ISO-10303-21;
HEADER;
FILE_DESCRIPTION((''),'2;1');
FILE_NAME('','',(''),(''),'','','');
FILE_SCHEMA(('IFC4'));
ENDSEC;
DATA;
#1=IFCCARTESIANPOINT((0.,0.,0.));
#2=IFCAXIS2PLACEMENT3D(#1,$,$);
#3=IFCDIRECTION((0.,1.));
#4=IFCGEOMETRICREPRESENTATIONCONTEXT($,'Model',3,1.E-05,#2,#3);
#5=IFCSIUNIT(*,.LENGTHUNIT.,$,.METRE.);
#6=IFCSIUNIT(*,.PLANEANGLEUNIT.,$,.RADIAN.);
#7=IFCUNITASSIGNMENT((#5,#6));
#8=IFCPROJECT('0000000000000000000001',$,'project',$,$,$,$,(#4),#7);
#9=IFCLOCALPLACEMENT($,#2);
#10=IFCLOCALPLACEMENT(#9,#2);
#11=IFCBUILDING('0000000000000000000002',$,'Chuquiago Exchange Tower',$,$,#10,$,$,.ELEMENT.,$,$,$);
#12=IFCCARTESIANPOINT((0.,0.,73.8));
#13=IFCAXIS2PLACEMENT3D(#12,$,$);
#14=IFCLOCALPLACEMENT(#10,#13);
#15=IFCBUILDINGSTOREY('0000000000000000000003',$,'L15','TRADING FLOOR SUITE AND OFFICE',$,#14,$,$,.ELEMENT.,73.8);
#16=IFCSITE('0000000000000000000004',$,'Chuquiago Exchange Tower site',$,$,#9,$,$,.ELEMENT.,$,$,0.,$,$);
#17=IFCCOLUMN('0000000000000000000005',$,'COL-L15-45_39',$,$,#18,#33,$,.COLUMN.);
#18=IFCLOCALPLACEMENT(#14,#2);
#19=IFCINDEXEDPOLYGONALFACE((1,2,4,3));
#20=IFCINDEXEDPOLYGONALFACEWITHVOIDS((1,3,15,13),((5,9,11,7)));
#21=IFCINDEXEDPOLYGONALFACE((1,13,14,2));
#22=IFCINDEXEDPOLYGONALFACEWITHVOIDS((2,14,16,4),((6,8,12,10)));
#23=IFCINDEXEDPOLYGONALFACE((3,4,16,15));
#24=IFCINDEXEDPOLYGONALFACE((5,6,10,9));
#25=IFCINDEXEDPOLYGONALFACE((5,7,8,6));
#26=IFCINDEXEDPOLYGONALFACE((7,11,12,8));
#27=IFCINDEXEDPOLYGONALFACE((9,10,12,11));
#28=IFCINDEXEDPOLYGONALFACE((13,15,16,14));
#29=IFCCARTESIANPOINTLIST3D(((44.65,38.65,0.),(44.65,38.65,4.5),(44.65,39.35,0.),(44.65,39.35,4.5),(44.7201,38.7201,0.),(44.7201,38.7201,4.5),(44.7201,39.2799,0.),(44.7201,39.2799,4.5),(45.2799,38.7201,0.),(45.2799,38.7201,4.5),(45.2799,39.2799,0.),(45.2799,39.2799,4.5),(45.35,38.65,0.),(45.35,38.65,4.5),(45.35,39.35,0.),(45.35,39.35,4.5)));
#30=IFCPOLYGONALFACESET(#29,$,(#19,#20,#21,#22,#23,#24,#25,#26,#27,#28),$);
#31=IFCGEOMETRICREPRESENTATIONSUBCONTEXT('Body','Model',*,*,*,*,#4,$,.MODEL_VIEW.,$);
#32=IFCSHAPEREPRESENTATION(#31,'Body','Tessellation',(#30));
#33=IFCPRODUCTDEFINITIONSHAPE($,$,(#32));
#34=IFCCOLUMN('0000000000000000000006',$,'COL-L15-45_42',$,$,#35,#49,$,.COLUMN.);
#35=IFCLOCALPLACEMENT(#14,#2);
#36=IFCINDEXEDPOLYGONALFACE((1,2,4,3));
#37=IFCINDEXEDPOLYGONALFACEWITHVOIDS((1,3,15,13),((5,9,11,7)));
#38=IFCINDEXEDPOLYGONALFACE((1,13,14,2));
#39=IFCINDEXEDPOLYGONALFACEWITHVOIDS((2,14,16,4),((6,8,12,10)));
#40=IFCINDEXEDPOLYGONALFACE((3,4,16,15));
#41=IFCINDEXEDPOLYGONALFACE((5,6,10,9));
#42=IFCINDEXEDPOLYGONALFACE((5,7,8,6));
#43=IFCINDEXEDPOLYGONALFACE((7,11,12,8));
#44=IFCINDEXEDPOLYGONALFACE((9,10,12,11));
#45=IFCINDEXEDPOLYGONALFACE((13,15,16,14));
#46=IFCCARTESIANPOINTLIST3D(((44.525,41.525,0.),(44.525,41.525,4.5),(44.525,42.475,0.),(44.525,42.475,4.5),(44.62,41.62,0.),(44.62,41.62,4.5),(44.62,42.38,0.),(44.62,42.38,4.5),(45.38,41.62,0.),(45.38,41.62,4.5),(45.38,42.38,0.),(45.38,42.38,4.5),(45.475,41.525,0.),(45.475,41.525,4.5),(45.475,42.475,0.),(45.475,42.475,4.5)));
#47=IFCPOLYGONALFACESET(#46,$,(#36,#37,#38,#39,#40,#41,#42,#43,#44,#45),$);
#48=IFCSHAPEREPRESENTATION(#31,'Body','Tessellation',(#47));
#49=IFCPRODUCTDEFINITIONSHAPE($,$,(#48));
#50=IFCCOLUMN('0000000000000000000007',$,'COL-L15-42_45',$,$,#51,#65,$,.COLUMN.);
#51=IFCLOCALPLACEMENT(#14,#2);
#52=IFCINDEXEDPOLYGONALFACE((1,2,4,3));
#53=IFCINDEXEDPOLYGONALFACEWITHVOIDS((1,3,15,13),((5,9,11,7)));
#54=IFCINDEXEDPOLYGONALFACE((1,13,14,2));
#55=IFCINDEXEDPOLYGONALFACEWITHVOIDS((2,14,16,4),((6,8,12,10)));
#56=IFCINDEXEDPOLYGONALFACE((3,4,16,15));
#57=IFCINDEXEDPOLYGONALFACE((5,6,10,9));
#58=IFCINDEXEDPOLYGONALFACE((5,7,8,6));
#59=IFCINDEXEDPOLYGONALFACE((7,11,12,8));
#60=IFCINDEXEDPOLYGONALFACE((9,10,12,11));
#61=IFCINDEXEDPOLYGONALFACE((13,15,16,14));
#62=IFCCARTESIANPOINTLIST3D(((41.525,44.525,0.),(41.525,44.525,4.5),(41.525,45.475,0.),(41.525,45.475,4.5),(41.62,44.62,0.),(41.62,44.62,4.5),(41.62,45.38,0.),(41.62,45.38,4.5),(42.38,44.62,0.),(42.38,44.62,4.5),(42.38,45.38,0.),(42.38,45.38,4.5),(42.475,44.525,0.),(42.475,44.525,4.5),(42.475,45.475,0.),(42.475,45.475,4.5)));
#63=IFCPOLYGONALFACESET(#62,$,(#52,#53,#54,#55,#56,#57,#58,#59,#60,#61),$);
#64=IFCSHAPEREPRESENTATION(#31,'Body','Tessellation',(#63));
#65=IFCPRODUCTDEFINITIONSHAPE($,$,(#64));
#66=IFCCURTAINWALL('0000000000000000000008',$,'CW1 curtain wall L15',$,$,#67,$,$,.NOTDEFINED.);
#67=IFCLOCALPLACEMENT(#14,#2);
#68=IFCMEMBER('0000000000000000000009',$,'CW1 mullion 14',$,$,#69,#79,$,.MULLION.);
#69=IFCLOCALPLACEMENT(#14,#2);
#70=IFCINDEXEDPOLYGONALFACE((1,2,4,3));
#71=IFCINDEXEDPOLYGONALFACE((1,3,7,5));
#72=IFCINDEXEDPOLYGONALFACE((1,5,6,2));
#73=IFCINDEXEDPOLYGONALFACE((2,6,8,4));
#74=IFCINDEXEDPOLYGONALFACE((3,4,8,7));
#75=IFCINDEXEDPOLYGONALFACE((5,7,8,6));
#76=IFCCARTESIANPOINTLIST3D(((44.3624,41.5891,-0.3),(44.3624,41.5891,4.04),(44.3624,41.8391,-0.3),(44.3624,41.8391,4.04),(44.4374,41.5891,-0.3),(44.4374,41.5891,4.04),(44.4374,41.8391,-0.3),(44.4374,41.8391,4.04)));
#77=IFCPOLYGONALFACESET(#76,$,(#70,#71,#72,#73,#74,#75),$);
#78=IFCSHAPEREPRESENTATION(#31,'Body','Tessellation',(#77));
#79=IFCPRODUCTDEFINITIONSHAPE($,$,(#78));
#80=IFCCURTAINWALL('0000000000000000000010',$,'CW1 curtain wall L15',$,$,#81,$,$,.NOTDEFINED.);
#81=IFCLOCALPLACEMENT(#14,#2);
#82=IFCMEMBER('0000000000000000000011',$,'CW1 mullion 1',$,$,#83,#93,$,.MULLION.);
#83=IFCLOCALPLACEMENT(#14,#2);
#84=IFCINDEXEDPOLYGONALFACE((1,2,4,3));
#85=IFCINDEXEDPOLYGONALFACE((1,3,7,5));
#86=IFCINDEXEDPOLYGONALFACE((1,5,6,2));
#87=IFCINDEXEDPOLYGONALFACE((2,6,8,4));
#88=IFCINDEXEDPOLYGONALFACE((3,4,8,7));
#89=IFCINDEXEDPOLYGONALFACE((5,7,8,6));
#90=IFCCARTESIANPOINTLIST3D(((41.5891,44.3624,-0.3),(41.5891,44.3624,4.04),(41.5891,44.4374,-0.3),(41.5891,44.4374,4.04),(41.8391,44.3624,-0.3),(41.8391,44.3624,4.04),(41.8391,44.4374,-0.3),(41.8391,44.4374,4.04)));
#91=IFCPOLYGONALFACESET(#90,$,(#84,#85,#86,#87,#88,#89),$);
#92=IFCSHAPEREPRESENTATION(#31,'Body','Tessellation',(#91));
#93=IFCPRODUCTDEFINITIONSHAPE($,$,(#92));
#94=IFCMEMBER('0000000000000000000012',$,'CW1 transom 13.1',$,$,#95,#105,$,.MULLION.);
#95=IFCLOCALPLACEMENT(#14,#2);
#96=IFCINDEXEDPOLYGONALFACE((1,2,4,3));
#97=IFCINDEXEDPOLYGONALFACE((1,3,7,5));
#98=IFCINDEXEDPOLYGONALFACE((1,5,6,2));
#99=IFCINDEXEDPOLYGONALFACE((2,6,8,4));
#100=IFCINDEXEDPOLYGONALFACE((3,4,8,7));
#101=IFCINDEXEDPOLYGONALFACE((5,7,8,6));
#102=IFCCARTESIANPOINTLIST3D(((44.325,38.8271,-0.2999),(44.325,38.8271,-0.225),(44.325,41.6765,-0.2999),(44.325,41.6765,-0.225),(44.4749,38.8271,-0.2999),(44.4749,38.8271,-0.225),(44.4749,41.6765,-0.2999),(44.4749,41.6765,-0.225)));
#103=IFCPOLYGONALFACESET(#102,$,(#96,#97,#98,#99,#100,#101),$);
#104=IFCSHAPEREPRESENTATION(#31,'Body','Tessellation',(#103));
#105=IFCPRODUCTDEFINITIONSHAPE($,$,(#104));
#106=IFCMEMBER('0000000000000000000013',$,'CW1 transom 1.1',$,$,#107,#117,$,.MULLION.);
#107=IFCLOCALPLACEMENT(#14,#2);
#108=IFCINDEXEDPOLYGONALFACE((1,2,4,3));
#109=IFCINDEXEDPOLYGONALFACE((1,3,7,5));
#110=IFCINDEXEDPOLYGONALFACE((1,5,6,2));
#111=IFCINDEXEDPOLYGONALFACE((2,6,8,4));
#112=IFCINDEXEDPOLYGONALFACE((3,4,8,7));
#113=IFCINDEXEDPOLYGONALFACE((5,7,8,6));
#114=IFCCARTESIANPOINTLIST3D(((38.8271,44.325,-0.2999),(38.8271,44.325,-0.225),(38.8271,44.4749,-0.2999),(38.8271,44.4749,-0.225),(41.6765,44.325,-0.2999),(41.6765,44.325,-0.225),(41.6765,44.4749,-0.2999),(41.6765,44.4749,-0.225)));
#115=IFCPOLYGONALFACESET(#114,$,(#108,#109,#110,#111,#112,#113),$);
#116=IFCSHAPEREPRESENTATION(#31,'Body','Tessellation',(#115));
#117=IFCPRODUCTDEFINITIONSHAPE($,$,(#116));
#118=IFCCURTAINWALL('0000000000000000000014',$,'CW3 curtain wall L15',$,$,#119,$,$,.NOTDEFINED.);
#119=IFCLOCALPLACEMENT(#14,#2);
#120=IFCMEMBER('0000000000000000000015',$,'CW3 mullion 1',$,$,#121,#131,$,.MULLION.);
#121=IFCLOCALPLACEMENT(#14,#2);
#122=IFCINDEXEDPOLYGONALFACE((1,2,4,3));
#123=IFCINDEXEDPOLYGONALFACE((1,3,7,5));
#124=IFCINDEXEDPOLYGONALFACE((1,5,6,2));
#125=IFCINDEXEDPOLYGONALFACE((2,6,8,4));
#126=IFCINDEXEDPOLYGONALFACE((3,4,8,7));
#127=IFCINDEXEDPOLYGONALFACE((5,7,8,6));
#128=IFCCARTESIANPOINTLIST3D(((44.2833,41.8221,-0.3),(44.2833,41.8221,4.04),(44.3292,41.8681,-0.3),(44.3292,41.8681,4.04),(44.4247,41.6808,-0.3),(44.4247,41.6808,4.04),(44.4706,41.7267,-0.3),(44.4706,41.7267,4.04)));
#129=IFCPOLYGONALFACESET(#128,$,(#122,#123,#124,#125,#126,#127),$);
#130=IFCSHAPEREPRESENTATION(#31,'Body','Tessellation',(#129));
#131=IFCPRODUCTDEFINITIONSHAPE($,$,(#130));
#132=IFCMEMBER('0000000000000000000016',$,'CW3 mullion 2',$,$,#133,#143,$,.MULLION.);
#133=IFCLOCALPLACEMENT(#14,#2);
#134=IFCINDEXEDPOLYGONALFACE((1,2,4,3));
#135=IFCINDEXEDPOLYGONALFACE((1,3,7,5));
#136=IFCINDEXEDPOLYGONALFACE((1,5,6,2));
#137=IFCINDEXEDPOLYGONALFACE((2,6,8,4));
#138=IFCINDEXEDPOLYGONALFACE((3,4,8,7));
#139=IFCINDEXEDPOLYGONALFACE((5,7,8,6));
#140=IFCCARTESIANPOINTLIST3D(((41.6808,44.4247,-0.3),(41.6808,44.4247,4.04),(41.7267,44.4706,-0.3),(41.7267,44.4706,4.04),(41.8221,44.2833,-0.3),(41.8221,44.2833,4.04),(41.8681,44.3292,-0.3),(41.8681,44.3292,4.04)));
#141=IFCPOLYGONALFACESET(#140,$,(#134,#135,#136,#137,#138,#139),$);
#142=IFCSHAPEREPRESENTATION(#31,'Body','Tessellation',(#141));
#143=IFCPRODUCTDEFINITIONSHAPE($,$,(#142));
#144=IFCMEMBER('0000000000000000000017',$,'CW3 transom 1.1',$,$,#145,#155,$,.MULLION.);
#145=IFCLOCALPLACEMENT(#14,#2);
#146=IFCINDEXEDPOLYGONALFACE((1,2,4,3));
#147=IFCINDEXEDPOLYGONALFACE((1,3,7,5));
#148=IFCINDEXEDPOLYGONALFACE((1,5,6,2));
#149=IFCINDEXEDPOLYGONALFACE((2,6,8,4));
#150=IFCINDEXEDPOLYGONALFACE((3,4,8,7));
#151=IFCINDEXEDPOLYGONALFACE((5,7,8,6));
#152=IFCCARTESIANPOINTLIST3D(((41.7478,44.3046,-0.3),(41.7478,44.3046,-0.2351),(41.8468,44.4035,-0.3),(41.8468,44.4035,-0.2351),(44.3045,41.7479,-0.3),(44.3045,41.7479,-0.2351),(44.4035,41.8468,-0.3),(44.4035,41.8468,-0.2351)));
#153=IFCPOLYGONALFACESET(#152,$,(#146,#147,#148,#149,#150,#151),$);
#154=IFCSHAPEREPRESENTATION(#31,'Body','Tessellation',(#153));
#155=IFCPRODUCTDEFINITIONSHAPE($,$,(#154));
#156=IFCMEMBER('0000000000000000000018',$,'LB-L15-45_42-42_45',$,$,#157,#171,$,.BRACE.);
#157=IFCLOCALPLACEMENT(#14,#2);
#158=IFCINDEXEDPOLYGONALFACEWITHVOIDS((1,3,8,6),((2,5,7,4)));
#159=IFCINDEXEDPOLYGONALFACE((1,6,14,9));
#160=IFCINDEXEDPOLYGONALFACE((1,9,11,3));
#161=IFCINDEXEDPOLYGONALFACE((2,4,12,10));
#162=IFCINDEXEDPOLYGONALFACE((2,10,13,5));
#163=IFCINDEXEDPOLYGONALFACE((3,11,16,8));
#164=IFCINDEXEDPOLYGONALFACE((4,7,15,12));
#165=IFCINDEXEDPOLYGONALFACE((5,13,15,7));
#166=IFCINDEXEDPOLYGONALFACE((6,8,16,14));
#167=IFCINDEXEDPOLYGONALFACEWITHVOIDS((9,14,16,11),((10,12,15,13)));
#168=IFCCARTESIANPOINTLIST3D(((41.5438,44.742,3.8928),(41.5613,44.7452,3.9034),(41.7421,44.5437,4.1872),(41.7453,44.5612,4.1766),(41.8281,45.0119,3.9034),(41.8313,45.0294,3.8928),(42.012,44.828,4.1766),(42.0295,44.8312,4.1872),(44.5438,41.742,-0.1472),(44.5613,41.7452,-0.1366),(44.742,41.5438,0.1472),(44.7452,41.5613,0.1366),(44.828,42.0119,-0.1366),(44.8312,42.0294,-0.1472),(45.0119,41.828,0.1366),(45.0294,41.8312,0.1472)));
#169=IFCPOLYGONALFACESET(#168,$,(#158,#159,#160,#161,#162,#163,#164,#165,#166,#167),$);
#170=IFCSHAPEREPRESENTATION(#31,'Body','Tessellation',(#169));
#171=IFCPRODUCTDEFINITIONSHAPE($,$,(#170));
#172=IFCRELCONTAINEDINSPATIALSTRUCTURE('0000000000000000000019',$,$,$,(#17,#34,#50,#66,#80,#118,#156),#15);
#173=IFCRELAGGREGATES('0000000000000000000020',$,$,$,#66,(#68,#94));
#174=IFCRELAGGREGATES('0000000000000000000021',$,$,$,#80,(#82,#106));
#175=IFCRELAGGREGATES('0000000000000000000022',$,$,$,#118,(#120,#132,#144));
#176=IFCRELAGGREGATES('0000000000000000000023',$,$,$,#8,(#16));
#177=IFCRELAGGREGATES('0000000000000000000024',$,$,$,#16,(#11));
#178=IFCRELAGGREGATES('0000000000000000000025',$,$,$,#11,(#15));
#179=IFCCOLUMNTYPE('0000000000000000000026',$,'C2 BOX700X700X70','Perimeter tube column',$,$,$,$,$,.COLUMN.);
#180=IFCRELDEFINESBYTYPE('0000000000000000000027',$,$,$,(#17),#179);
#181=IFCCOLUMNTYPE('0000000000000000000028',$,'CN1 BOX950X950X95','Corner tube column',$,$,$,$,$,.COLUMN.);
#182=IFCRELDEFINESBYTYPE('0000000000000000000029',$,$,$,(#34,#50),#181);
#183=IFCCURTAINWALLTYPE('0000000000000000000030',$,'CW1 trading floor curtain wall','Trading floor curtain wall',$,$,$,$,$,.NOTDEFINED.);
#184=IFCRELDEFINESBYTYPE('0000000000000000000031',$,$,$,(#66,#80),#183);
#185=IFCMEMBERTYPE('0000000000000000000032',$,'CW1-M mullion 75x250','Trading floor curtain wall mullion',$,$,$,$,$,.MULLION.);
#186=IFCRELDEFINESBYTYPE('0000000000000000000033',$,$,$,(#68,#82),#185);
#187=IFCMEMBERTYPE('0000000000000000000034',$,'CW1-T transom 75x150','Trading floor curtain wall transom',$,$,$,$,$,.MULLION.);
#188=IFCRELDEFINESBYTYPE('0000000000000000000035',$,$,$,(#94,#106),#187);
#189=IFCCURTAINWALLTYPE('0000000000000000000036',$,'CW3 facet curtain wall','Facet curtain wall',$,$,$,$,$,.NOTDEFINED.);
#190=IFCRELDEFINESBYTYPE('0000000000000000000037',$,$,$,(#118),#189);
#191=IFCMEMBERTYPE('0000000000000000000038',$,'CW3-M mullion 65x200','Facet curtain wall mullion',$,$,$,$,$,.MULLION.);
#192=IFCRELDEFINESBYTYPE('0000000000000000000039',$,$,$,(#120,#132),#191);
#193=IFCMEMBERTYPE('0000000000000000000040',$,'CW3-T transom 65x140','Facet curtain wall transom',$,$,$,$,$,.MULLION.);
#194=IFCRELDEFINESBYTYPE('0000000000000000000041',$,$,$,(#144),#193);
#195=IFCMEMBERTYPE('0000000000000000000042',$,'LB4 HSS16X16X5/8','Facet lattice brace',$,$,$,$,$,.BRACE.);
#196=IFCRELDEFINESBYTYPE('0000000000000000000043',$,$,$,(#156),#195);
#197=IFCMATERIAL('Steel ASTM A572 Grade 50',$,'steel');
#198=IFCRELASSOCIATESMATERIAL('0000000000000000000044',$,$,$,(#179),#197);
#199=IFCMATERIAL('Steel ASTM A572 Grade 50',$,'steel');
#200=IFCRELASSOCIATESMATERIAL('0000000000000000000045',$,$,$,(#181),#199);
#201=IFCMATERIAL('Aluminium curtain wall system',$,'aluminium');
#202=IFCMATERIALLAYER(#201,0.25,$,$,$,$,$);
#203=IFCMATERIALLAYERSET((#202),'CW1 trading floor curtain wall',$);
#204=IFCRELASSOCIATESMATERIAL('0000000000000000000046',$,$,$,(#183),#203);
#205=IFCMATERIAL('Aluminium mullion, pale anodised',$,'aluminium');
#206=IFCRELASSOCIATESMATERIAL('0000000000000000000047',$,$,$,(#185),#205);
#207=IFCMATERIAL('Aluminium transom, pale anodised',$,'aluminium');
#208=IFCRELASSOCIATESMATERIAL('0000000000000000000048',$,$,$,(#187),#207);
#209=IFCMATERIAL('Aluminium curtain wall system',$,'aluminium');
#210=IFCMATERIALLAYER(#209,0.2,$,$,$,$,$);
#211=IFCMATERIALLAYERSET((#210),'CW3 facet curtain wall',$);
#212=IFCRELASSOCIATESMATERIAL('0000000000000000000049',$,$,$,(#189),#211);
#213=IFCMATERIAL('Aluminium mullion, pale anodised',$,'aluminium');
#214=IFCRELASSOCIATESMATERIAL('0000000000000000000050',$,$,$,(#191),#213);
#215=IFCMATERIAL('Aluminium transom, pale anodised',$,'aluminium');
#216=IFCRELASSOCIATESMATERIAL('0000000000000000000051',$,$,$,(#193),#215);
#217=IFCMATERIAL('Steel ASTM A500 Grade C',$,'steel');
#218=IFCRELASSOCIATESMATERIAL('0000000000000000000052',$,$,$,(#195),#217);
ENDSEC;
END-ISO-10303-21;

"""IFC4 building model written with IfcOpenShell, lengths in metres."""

from ifc_helpers import new_model, si_unit, direction, frame, origin, origin_2d, place, context, subcontext, project, spatial, rectangle, hollow_rectangle, extrude, material, layer, layer_set, material_profile, profile_set, type_object, element, aggregate, save


model = new_model("IFC4")

# Units and contexts
model_context = context("Model", 3, precision=1e-05, world=origin(), true_north=direction((0.0, 1.0)))
body_context = subcontext(model_context, "Body", "Model", "MODEL_VIEW")
ifc_project = project(units=[si_unit("LENGTHUNIT", "METRE"), si_unit("PLANEANGLEUNIT", "RADIAN")], contexts=[model_context])

# Site, building, storey
site_placement = place(None, origin())
site = spatial("IfcSite", under=ifc_project, at=site_placement, Name="Chuquiago Exchange Tower site", CompositionType="ELEMENT", RefElevation=0.0)
building_placement = place(site_placement, origin())
building = spatial("IfcBuilding", under=site, at=building_placement, Name="Chuquiago Exchange Tower", CompositionType="ELEMENT")
storey_placement = place(building_placement, frame((0.0, 0.0, 73.8)))
storey = spatial("IfcBuildingStorey", under=building, at=storey_placement, Name="L15", Description="TRADING FLOOR SUITE AND OFFICE", CompositionType="ELEMENT", Elevation=73.8)

# Columns
ifc_material_1 = material(Name="Steel ASTM A572 Grade 50", Category="steel")
ifc_material_profile_1 = material_profile(ifc_material_1, hollow_rectangle(XDim=0.7, YDim=0.7, WallThickness=0.0701, at=origin_2d()), Name="BOX700X700X70")
ifc_profile_set_1 = profile_set([ifc_material_profile_1], Name="Steel ASTM A572 Grade 50")
column_type_1 = type_object("IfcColumnType", Name="C2 BOX700X700X70", Description="Perimeter tube column", PredefinedType="COLUMN", material=ifc_profile_set_1)
column_placement = place(storey_placement, frame((45.0, 39.0, 0.0), z_axis=(0.0, 0.0, 1.0), x_axis=(1.0, 0.0, 0.0)))
element("IfcColumn", 1, at=column_placement, inside=storey, type_object=column_type_1, Name="COL-L15-45_39", PredefinedType="COLUMN", context=body_context, shape_type="SweptSolid", body=[
    extrude(hollow_rectangle(XDim=0.7, YDim=0.7, WallThickness=0.0701, at=origin_2d()), origin(), (0.0, 0.0, 1.0), 4.5),
])
ifc_material_2 = material(Name="Steel ASTM A572 Grade 50", Category="steel")
ifc_material_profile_2 = material_profile(ifc_material_2, hollow_rectangle(XDim=0.95, YDim=0.95, WallThickness=0.095, at=origin_2d()), Name="BOX950X950X95")
ifc_profile_set_2 = profile_set([ifc_material_profile_2], Name="Steel ASTM A572 Grade 50")
column_type_2 = type_object("IfcColumnType", Name="CN1 BOX950X950X95", Description="Corner tube column", PredefinedType="COLUMN", material=ifc_profile_set_2)
for number, where, z_axis, x_axis, name in (
    (2, (45.0, 42.0, 0.0), (0.0, 0.0, 1.0), (1.0, 0.0, 0.0), "COL-L15-45_42"),
    (3, (42.0, 45.0, 0.0), (0.0, 0.0, 1.0), (0.0, 1.0, 0.0), "COL-L15-42_45"),
):
    element("IfcColumn", number, at=place(storey_placement, frame(where, z_axis=z_axis, x_axis=x_axis)), inside=storey, type_object=column_type_2, Name=name, PredefinedType="COLUMN", context=body_context, shape_type="SweptSolid", body=[
        extrude(hollow_rectangle(XDim=0.95, YDim=0.95, WallThickness=0.095, at=origin_2d()), origin(), (0.0, 0.0, 1.0), 4.5),
    ])

# Curtain walls, members
ifc_material_3 = material(Name="Aluminium curtain wall system", Category="aluminium")
ifc_layer_1 = layer(ifc_material_3, 0.25)
ifc_layer_set_1 = layer_set([ifc_layer_1], Name="CW1 trading floor curtain wall")
curtain_wall_type_1 = type_object("IfcCurtainWallType", Name="CW1 trading floor curtain wall", Description="Trading floor curtain wall", PredefinedType="NOTDEFINED", material=ifc_layer_set_1)
curtain_wall_1_placement = place(storey_placement, origin())
curtain_wall_1 = element("IfcCurtainWall", 4, at=curtain_wall_1_placement, inside=storey, type_object=curtain_wall_type_1, Name="CW1 curtain wall L15", PredefinedType="NOTDEFINED")
ifc_material_4 = material(Name="Aluminium mullion, pale anodised", Category="aluminium")
ifc_material_profile_3 = material_profile(ifc_material_4, rectangle(XDim=0.075, YDim=0.25, at=origin_2d()), Name="AL 75x250")
ifc_profile_set_3 = profile_set([ifc_material_profile_3], Name="Aluminium mullion, pale anodised")
member_type_1 = type_object("IfcMemberType", Name="CW1-M mullion 75x250", Description="Trading floor curtain wall mullion", PredefinedType="MULLION", material=ifc_profile_set_3)
member_1_placement = place(storey_placement, frame((44.3999, 41.7141, -0.3), z_axis=(0.0, 0.0, 1.0), x_axis=(-1.0, 0.0, 0.0)))
member_1 = element("IfcMember", 5, at=member_1_placement, type_object=member_type_1, Name="CW1 mullion 14", PredefinedType="MULLION", context=body_context, shape_type="SweptSolid", body=[
    extrude(rectangle(XDim=0.075, YDim=0.25, at=origin_2d()), origin(), (0.0, 0.0, 1.0), 4.3401),
])
curtain_wall_2_placement = place(storey_placement, origin())
curtain_wall_2 = element("IfcCurtainWall", 6, at=curtain_wall_2_placement, inside=storey, type_object=curtain_wall_type_1, Name="CW1 curtain wall L15", PredefinedType="NOTDEFINED")
member_2_placement = place(storey_placement, frame((41.7141, 44.3999, -0.3), z_axis=(0.0, 0.0, 1.0), x_axis=(0.0, -1.0, 0.0)))
member_2 = element("IfcMember", 7, at=member_2_placement, type_object=member_type_1, Name="CW1 mullion 1", PredefinedType="MULLION", context=body_context, shape_type="SweptSolid", body=[
    extrude(rectangle(XDim=0.075, YDim=0.25, at=origin_2d()), origin(), (0.0, 0.0, 1.0), 4.3401),
])

# Members
ifc_material_5 = material(Name="Aluminium transom, pale anodised", Category="aluminium")
ifc_material_profile_4 = material_profile(ifc_material_5, rectangle(XDim=0.1499, YDim=0.075, at=origin_2d()), Name="AL 150x75")
ifc_profile_set_4 = profile_set([ifc_material_profile_4], Name="Aluminium transom, pale anodised")
member_type_2 = type_object("IfcMemberType", Name="CW1-T transom 75x150", Description="Trading floor curtain wall transom", PredefinedType="MULLION", material=ifc_profile_set_4)
member_3_placement = place(storey_placement, frame((44.3999, 38.8271, -0.2625), z_axis=(0.0, 1.0, 0.0), x_axis=(-1.0, 0.0, 0.0)))
member_3 = element("IfcMember", 8, at=member_3_placement, type_object=member_type_2, Name="CW1 transom 13.1", PredefinedType="MULLION", context=body_context, shape_type="SweptSolid", body=[
    extrude(rectangle(XDim=0.1499, YDim=0.075, at=origin_2d()), origin(), (0.0, 0.0, 1.0), 2.8494),
])
member_4_placement = place(storey_placement, frame((41.6765, 44.3999, -0.2625), z_axis=(-1.0, 0.0, 0.0), x_axis=(0.0, -1.0, 0.0)))
member_4 = element("IfcMember", 9, at=member_4_placement, type_object=member_type_2, Name="CW1 transom 1.1", PredefinedType="MULLION", context=body_context, shape_type="SweptSolid", body=[
    extrude(rectangle(XDim=0.1499, YDim=0.075, at=origin_2d()), origin(), (0.0, 0.0, 1.0), 2.8494),
])

# Curtain wall, members
ifc_material_6 = material(Name="Aluminium curtain wall system", Category="aluminium")
ifc_layer_2 = layer(ifc_material_6, 0.2)
ifc_layer_set_2 = layer_set([ifc_layer_2], Name="CW3 facet curtain wall")
curtain_wall_type_2 = type_object("IfcCurtainWallType", Name="CW3 facet curtain wall", Description="Facet curtain wall", PredefinedType="NOTDEFINED", material=ifc_layer_set_2)
curtain_wall_3_placement = place(storey_placement, origin())
curtain_wall_3 = element("IfcCurtainWall", 10, at=curtain_wall_3_placement, inside=storey, type_object=curtain_wall_type_2, Name="CW3 curtain wall L15", PredefinedType="NOTDEFINED")
ifc_material_7 = material(Name="Aluminium mullion, pale anodised", Category="aluminium")
ifc_material_profile_5 = material_profile(ifc_material_7, rectangle(XDim=0.0649, YDim=0.2, at=origin_2d()), Name="AL 65x200")
ifc_profile_set_5 = profile_set([ifc_material_profile_5], Name="Aluminium mullion, pale anodised")
member_type_3 = type_object("IfcMemberType", Name="CW3-M mullion 65x200", Description="Facet curtain wall mullion", PredefinedType="MULLION", material=ifc_profile_set_5)
member_5_placement = place(storey_placement, frame((44.377, 41.7744, -0.3), z_axis=(0.0, 0.0, 1.0), x_axis=(-0.707107, -0.707107, 0.0)))
member_5 = element("IfcMember", 11, at=member_5_placement, type_object=member_type_3, Name="CW3 mullion 1", PredefinedType="MULLION", context=body_context, shape_type="SweptSolid", body=[
    extrude(rectangle(XDim=0.0649, YDim=0.2, at=origin_2d()), origin(), (0.0, 0.0, 1.0), 4.3401),
])
member_6_placement = place(storey_placement, frame((41.7744, 44.377, -0.3), z_axis=(0.0, 0.0, 1.0), x_axis=(-0.707107, -0.707107, 0.0)))
member_6 = element("IfcMember", 12, at=member_6_placement, type_object=member_type_3, Name="CW3 mullion 2", PredefinedType="MULLION", context=body_context, shape_type="SweptSolid", body=[
    extrude(rectangle(XDim=0.0649, YDim=0.2, at=origin_2d()), origin(), (0.0, 0.0, 1.0), 4.3401),
])
ifc_material_8 = material(Name="Aluminium transom, pale anodised", Category="aluminium")
ifc_material_profile_6 = material_profile(ifc_material_8, rectangle(XDim=0.1399, YDim=0.0649, at=origin_2d()), Name="AL 140x65")
ifc_profile_set_6 = profile_set([ifc_material_profile_6], Name="Aluminium transom, pale anodised")
member_type_4 = type_object("IfcMemberType", Name="CW3-T transom 65x140", Description="Facet curtain wall transom", PredefinedType="MULLION", material=ifc_profile_set_6)
member_7_placement = place(storey_placement, frame((44.354, 41.7974, -0.2676), z_axis=(-0.707107, 0.707107, 0.0), x_axis=(-0.707107, -0.707107, 0.0)))
member_7 = element("IfcMember", 13, at=member_7_placement, type_object=member_type_4, Name="CW3 transom 1.1", PredefinedType="MULLION", context=body_context, shape_type="SweptSolid", body=[
    extrude(rectangle(XDim=0.1399, YDim=0.0649, at=origin_2d()), origin(), (0.0, 0.0, 1.0), 3.6157),
])

# Member
ifc_material_9 = material(Name="Steel ASTM A500 Grade C", Category="steel")
ifc_material_profile_7 = material_profile(ifc_material_9, hollow_rectangle(XDim=0.4065, YDim=0.4065, WallThickness=0.0146, at=origin_2d()), Name="HSS16X16X5/8")
ifc_profile_set_7 = profile_set([ifc_material_profile_7], Name="Steel ASTM A500 Grade C")
member_type_5 = type_object("IfcMemberType", Name="LB4 HSS16X16X5/8", Description="Facet lattice brace", PredefinedType="BRACE", material=ifc_profile_set_7)
member_8_placement = place(storey_placement, frame((44.7866, 41.7866, 0.0), z_axis=(-0.512077, 0.512077, 0.689604), x_axis=(-0.707107, -0.707107, 0.0)))
element("IfcMember", 14, at=member_8_placement, inside=storey, type_object=member_type_5, Name="LB-L15-45_42-42_45", PredefinedType="BRACE", context=body_context, shape_type="SweptSolid", body=[
    extrude(hollow_rectangle(XDim=0.4065, YDim=0.4065, WallThickness=0.0146, at=origin_2d()), origin(), (0.0, 0.0, 1.0), 5.8584),
])

aggregate(curtain_wall_1, [member_1, member_3])
aggregate(curtain_wall_2, [member_2, member_4])
aggregate(curtain_wall_3, [member_5, member_6, member_7])

save(model, "model.ifc")
